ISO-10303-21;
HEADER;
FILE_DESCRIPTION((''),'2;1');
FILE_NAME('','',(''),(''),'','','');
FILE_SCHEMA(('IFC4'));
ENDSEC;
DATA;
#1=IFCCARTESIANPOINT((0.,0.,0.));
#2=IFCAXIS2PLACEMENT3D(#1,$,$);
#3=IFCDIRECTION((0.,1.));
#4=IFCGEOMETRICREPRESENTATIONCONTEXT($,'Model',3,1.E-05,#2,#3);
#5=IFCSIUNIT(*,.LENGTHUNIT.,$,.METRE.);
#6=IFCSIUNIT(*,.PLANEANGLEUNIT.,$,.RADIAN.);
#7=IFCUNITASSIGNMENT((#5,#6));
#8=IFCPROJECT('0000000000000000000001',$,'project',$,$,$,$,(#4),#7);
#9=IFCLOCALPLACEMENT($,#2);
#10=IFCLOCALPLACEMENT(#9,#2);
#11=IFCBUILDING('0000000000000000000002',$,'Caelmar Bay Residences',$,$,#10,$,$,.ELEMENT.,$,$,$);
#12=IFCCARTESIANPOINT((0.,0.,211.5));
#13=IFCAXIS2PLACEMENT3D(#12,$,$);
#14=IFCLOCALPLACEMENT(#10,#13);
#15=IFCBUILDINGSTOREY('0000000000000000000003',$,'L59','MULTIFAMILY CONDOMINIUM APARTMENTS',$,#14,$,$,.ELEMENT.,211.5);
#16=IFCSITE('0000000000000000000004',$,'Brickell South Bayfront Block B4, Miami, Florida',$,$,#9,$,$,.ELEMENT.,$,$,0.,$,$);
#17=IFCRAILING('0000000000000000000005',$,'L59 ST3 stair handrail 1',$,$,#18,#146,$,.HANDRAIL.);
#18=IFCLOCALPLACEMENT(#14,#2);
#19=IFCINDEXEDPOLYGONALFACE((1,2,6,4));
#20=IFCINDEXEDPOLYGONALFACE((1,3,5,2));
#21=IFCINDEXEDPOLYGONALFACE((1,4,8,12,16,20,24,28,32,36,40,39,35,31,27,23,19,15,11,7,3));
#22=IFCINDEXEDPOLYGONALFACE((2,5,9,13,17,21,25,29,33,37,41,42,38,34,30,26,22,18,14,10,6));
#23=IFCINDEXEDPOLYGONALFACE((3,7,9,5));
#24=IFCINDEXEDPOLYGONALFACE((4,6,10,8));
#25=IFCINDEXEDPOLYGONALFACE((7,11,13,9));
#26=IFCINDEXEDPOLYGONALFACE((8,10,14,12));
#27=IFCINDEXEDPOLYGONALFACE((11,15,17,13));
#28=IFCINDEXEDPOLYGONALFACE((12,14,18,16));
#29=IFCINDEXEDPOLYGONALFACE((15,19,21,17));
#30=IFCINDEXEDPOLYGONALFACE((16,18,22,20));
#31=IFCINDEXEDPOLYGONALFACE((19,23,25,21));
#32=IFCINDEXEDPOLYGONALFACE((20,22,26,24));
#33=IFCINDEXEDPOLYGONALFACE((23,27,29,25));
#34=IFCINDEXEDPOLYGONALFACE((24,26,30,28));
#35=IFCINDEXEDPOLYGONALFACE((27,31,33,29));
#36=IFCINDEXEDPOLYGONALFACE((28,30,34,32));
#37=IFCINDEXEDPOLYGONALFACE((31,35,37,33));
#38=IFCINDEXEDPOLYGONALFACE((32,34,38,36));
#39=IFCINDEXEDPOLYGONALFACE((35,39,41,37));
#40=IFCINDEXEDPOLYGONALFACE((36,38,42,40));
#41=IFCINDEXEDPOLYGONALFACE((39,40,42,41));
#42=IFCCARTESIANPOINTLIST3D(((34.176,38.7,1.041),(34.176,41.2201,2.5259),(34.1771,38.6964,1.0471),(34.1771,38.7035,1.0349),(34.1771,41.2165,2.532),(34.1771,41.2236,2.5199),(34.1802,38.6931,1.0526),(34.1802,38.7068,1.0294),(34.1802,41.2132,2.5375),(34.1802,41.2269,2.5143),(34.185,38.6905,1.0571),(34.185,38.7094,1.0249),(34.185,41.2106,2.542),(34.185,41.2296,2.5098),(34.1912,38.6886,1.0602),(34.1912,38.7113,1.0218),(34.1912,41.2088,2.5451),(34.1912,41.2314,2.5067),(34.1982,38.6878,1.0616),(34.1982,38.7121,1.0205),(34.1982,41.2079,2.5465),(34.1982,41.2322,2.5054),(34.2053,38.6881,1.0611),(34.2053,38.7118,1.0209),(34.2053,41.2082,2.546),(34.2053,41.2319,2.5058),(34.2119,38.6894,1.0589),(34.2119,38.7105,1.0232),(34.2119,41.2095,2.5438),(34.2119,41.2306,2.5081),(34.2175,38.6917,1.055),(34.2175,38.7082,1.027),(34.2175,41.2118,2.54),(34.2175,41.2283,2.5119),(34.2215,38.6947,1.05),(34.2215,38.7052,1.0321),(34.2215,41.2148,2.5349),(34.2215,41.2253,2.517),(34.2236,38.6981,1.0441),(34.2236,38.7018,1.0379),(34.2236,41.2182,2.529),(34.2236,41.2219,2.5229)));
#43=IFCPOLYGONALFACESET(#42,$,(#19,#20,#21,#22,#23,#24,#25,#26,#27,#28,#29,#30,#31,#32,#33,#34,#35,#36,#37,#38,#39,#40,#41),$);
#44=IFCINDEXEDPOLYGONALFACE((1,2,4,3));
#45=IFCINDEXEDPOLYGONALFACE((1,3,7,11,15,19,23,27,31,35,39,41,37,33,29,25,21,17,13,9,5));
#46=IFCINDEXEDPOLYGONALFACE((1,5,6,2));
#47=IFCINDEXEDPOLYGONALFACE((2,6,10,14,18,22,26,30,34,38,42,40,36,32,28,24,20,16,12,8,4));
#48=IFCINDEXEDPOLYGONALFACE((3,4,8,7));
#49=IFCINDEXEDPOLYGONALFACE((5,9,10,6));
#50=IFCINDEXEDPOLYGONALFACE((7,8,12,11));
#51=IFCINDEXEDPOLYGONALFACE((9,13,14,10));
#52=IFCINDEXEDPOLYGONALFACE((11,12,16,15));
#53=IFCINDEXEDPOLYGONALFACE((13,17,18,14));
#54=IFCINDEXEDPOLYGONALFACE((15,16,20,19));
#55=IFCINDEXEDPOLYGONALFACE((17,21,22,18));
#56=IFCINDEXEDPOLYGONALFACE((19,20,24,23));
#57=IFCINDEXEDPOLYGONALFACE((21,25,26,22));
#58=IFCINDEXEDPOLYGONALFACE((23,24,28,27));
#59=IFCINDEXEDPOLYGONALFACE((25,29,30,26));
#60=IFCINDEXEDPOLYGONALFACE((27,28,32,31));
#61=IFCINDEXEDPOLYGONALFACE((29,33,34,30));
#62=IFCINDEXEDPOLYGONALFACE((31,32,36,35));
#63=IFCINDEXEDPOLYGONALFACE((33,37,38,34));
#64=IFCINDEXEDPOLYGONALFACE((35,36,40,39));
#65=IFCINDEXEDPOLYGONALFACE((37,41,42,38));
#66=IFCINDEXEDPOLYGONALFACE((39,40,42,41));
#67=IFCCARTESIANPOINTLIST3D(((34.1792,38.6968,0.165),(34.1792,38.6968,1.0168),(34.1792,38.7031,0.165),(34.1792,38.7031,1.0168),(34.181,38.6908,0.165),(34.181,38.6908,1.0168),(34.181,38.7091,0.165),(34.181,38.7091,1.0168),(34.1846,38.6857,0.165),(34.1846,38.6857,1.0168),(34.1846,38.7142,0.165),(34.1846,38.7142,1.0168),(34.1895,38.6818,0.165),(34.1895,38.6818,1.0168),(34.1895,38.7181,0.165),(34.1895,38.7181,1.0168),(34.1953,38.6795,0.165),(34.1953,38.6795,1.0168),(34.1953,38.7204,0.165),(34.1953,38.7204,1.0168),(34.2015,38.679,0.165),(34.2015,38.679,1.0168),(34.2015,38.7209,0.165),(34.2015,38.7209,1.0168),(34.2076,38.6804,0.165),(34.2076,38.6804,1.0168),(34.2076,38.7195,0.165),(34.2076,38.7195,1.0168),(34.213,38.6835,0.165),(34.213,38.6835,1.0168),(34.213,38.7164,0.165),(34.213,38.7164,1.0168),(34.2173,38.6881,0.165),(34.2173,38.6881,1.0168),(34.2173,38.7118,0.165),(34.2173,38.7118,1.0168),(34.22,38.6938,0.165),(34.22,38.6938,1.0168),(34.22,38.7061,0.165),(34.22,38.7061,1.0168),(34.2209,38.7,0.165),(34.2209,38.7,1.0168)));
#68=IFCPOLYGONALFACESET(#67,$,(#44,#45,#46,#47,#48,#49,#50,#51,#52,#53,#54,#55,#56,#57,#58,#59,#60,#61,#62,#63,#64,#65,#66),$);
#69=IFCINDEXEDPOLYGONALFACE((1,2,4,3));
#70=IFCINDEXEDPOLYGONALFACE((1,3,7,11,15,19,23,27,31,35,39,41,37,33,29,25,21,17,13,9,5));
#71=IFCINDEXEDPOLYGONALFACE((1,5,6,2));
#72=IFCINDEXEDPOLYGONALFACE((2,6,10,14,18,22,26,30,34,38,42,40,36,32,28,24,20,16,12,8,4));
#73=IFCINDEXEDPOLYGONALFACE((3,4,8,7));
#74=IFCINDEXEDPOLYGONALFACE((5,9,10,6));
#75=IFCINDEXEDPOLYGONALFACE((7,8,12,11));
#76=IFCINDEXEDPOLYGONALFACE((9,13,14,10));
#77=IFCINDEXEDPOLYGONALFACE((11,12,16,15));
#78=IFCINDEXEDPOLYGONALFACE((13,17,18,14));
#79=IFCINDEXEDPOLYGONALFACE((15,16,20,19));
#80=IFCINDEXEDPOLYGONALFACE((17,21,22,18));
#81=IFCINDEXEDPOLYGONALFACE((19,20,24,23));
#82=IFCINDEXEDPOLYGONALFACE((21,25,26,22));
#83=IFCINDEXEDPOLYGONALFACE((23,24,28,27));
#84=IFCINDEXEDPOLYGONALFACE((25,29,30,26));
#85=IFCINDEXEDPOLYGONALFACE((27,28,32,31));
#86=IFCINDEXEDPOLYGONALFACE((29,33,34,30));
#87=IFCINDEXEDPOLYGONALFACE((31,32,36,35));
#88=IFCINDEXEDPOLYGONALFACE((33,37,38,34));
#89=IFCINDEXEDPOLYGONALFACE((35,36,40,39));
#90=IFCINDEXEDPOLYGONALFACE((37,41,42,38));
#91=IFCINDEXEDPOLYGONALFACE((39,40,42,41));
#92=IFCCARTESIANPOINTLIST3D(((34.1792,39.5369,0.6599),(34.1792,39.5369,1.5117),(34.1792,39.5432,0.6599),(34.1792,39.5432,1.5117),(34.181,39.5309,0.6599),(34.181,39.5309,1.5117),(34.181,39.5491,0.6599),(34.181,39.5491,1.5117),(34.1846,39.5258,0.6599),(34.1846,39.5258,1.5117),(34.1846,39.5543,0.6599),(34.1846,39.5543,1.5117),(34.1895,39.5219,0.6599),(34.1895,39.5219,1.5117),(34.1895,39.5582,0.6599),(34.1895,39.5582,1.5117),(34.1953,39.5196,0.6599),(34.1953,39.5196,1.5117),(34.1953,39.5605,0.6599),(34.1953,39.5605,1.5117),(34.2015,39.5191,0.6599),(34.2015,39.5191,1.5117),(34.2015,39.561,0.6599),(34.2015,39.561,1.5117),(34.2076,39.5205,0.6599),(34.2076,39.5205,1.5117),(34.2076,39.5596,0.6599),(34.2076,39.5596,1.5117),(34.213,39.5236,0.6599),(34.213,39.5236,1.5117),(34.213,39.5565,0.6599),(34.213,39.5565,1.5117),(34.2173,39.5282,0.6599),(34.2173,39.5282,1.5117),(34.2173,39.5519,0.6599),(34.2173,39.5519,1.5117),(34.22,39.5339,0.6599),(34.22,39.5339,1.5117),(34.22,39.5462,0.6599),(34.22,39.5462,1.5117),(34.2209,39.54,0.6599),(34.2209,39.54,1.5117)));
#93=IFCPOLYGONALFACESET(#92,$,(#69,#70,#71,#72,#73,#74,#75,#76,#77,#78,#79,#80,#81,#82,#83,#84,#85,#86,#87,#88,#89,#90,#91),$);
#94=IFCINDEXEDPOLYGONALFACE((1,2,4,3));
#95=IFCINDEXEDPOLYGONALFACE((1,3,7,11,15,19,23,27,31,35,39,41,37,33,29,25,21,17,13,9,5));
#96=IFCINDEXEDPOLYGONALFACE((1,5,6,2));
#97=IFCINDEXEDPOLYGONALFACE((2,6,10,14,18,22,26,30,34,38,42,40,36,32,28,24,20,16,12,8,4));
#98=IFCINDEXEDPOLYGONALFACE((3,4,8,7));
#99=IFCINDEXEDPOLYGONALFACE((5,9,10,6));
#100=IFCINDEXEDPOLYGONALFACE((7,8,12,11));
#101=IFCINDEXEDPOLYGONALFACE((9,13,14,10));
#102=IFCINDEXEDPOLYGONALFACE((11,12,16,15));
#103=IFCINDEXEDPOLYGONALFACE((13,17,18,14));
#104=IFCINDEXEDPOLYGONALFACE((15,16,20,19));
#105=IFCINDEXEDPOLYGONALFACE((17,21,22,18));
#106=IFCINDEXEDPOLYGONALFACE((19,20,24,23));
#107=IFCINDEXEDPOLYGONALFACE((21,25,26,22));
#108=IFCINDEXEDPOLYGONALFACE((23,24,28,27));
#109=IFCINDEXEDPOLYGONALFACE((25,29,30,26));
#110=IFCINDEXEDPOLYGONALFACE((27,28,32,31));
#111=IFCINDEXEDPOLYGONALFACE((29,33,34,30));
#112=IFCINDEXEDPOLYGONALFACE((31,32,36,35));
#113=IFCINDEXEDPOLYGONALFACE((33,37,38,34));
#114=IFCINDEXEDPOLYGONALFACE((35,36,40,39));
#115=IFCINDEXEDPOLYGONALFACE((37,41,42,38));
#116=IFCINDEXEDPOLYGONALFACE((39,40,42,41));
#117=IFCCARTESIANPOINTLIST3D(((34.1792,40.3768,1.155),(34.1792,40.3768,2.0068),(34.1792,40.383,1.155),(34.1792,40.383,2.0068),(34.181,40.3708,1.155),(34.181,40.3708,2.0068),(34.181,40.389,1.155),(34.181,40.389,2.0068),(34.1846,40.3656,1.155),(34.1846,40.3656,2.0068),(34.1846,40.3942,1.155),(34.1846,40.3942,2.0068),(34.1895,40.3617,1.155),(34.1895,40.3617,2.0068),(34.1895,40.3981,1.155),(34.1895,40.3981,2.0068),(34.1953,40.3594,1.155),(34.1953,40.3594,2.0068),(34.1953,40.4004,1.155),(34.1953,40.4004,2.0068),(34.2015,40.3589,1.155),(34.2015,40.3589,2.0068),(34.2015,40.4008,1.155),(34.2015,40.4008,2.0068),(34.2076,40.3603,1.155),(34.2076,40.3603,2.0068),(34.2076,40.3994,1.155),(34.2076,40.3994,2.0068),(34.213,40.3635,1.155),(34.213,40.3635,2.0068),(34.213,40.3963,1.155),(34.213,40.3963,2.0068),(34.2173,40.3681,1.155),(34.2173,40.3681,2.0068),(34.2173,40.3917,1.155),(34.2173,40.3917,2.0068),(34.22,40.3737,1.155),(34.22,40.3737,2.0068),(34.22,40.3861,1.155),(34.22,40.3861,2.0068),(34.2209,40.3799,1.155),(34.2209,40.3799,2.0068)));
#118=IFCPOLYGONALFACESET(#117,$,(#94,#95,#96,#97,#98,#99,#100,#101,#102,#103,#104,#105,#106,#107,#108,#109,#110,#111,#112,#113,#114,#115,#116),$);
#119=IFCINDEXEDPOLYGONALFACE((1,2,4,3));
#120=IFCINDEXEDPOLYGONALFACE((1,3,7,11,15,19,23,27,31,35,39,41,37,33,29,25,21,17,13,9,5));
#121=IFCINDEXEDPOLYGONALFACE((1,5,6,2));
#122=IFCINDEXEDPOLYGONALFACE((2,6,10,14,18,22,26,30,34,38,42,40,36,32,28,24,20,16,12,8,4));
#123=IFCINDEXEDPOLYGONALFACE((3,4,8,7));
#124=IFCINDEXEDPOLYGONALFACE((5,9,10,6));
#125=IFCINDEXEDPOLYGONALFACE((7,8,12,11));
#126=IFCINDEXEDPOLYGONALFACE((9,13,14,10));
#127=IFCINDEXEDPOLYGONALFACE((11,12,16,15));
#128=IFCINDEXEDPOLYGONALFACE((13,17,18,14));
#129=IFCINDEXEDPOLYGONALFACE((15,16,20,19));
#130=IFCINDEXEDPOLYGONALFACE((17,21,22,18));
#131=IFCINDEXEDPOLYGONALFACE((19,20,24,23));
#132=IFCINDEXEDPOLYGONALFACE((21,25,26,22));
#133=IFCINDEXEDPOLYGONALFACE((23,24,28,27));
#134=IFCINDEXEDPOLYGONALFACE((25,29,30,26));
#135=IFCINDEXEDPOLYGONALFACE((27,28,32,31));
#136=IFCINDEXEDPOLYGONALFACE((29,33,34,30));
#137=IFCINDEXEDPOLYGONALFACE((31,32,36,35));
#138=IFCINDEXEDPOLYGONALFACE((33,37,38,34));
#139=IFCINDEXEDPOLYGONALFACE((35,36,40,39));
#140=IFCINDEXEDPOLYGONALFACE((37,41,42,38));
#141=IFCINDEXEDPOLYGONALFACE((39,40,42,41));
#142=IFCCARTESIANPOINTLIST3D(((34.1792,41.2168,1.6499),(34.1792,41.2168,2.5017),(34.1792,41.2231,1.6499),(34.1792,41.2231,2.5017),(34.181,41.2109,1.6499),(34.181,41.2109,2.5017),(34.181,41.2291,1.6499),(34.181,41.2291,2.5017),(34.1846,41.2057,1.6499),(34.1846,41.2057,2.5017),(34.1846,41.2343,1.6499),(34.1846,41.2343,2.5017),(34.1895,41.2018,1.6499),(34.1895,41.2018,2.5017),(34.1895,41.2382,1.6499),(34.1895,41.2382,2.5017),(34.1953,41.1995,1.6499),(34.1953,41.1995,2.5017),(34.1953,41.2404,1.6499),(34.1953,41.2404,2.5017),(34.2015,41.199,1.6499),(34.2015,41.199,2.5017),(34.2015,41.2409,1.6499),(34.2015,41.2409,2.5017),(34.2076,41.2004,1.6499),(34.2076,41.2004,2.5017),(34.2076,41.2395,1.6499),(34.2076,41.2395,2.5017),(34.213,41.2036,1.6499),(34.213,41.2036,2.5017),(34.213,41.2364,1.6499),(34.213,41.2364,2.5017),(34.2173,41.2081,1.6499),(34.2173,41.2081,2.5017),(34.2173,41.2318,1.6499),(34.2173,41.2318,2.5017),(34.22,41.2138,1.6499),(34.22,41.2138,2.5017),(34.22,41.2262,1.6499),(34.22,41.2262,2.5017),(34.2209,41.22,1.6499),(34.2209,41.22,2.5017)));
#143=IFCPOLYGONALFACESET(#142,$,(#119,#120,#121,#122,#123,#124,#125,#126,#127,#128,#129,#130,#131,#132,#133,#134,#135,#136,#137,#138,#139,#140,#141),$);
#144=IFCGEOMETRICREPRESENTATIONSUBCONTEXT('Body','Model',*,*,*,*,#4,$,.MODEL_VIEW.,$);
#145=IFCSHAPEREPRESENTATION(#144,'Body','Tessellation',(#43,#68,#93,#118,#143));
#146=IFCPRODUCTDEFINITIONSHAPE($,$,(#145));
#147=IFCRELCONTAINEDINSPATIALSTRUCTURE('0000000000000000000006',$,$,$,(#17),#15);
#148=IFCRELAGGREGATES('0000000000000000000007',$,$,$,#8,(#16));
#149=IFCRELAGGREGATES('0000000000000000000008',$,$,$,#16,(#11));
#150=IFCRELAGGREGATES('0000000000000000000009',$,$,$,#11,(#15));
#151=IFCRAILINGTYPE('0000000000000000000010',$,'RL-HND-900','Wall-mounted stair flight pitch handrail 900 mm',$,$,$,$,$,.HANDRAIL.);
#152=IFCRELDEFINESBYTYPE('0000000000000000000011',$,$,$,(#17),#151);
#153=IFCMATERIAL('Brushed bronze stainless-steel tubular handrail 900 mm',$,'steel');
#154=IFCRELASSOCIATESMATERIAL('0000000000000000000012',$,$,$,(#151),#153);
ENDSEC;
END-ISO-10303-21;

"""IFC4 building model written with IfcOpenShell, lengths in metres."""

from ifc_helpers import new_model, si_unit, direction, frame, origin, origin_2d, place, context, subcontext, project, spatial, circle, extrude, material, type_object, element, save


model = new_model("IFC4")

# Units and contexts
model_context = context("Model", 3, precision=1e-05, world=origin(), true_north=direction((0.0, 1.0)))
body_context = subcontext(model_context, "Body", "Model", "MODEL_VIEW")
ifc_project = project(units=[si_unit("LENGTHUNIT", "METRE"), si_unit("PLANEANGLEUNIT", "RADIAN")], contexts=[model_context])

# Site, building, storey
site_placement = place(None, origin())
site = spatial("IfcSite", under=ifc_project, at=site_placement, Name="Brickell South Bayfront Block B4, Miami, Florida", CompositionType="ELEMENT", RefElevation=0.0)
building_placement = place(site_placement, origin())
building = spatial("IfcBuilding", under=site, at=building_placement, Name="Caelmar Bay Residences", CompositionType="ELEMENT")
storey_placement = place(building_placement, frame((0.0, 0.0, 211.5)))
storey = spatial("IfcBuildingStorey", under=building, at=storey_placement, Name="L59", Description="MULTIFAMILY CONDOMINIUM APARTMENTS", CompositionType="ELEMENT", Elevation=211.5)

# Railing
ifc_material_1 = material(Name="Brushed bronze stainless-steel tubular handrail 900 mm", Category="steel")
railing_type_1 = type_object("IfcRailingType", Name="RL-HND-900", Description="Wall-mounted stair flight pitch handrail 900 mm", PredefinedType="HANDRAIL", material=ifc_material_1)
railing_1_placement = place(storey_placement, frame((34.2, 38.7, 0.165)))
element("IfcRailing", 1, at=railing_1_placement, inside=storey, type_object=railing_type_1, Name="L59 ST3 stair handrail 1", PredefinedType="HANDRAIL", context=body_context, shape_type="SweptSolid", body=[
    extrude(circle(Radius=0.0239, at=origin_2d()), frame((0.0, 0.0, 0.876), z_axis=(0.0, 0.861561, 0.507655), x_axis=(-1.0, 0.0, 0.0)), (0.0, 0.0, 1.0), 2.925),
    extrude(circle(Radius=0.021, at=origin_2d()), origin(), (0.0, 0.0, 1.0), 0.8518),
    extrude(circle(Radius=0.021, at=origin_2d()), frame((0.0, 0.8401, 0.4949)), (0.0, 0.0, 1.0), 0.8518),
    extrude(circle(Radius=0.021, at=origin_2d()), frame((0.0, 1.6799, 0.99)), (0.0, 0.0, 1.0), 0.8518),
    extrude(circle(Radius=0.021, at=origin_2d()), frame((0.0, 2.52, 1.4849)), (0.0, 0.0, 1.0), 0.8518),
])

save(model, "model.ifc")
